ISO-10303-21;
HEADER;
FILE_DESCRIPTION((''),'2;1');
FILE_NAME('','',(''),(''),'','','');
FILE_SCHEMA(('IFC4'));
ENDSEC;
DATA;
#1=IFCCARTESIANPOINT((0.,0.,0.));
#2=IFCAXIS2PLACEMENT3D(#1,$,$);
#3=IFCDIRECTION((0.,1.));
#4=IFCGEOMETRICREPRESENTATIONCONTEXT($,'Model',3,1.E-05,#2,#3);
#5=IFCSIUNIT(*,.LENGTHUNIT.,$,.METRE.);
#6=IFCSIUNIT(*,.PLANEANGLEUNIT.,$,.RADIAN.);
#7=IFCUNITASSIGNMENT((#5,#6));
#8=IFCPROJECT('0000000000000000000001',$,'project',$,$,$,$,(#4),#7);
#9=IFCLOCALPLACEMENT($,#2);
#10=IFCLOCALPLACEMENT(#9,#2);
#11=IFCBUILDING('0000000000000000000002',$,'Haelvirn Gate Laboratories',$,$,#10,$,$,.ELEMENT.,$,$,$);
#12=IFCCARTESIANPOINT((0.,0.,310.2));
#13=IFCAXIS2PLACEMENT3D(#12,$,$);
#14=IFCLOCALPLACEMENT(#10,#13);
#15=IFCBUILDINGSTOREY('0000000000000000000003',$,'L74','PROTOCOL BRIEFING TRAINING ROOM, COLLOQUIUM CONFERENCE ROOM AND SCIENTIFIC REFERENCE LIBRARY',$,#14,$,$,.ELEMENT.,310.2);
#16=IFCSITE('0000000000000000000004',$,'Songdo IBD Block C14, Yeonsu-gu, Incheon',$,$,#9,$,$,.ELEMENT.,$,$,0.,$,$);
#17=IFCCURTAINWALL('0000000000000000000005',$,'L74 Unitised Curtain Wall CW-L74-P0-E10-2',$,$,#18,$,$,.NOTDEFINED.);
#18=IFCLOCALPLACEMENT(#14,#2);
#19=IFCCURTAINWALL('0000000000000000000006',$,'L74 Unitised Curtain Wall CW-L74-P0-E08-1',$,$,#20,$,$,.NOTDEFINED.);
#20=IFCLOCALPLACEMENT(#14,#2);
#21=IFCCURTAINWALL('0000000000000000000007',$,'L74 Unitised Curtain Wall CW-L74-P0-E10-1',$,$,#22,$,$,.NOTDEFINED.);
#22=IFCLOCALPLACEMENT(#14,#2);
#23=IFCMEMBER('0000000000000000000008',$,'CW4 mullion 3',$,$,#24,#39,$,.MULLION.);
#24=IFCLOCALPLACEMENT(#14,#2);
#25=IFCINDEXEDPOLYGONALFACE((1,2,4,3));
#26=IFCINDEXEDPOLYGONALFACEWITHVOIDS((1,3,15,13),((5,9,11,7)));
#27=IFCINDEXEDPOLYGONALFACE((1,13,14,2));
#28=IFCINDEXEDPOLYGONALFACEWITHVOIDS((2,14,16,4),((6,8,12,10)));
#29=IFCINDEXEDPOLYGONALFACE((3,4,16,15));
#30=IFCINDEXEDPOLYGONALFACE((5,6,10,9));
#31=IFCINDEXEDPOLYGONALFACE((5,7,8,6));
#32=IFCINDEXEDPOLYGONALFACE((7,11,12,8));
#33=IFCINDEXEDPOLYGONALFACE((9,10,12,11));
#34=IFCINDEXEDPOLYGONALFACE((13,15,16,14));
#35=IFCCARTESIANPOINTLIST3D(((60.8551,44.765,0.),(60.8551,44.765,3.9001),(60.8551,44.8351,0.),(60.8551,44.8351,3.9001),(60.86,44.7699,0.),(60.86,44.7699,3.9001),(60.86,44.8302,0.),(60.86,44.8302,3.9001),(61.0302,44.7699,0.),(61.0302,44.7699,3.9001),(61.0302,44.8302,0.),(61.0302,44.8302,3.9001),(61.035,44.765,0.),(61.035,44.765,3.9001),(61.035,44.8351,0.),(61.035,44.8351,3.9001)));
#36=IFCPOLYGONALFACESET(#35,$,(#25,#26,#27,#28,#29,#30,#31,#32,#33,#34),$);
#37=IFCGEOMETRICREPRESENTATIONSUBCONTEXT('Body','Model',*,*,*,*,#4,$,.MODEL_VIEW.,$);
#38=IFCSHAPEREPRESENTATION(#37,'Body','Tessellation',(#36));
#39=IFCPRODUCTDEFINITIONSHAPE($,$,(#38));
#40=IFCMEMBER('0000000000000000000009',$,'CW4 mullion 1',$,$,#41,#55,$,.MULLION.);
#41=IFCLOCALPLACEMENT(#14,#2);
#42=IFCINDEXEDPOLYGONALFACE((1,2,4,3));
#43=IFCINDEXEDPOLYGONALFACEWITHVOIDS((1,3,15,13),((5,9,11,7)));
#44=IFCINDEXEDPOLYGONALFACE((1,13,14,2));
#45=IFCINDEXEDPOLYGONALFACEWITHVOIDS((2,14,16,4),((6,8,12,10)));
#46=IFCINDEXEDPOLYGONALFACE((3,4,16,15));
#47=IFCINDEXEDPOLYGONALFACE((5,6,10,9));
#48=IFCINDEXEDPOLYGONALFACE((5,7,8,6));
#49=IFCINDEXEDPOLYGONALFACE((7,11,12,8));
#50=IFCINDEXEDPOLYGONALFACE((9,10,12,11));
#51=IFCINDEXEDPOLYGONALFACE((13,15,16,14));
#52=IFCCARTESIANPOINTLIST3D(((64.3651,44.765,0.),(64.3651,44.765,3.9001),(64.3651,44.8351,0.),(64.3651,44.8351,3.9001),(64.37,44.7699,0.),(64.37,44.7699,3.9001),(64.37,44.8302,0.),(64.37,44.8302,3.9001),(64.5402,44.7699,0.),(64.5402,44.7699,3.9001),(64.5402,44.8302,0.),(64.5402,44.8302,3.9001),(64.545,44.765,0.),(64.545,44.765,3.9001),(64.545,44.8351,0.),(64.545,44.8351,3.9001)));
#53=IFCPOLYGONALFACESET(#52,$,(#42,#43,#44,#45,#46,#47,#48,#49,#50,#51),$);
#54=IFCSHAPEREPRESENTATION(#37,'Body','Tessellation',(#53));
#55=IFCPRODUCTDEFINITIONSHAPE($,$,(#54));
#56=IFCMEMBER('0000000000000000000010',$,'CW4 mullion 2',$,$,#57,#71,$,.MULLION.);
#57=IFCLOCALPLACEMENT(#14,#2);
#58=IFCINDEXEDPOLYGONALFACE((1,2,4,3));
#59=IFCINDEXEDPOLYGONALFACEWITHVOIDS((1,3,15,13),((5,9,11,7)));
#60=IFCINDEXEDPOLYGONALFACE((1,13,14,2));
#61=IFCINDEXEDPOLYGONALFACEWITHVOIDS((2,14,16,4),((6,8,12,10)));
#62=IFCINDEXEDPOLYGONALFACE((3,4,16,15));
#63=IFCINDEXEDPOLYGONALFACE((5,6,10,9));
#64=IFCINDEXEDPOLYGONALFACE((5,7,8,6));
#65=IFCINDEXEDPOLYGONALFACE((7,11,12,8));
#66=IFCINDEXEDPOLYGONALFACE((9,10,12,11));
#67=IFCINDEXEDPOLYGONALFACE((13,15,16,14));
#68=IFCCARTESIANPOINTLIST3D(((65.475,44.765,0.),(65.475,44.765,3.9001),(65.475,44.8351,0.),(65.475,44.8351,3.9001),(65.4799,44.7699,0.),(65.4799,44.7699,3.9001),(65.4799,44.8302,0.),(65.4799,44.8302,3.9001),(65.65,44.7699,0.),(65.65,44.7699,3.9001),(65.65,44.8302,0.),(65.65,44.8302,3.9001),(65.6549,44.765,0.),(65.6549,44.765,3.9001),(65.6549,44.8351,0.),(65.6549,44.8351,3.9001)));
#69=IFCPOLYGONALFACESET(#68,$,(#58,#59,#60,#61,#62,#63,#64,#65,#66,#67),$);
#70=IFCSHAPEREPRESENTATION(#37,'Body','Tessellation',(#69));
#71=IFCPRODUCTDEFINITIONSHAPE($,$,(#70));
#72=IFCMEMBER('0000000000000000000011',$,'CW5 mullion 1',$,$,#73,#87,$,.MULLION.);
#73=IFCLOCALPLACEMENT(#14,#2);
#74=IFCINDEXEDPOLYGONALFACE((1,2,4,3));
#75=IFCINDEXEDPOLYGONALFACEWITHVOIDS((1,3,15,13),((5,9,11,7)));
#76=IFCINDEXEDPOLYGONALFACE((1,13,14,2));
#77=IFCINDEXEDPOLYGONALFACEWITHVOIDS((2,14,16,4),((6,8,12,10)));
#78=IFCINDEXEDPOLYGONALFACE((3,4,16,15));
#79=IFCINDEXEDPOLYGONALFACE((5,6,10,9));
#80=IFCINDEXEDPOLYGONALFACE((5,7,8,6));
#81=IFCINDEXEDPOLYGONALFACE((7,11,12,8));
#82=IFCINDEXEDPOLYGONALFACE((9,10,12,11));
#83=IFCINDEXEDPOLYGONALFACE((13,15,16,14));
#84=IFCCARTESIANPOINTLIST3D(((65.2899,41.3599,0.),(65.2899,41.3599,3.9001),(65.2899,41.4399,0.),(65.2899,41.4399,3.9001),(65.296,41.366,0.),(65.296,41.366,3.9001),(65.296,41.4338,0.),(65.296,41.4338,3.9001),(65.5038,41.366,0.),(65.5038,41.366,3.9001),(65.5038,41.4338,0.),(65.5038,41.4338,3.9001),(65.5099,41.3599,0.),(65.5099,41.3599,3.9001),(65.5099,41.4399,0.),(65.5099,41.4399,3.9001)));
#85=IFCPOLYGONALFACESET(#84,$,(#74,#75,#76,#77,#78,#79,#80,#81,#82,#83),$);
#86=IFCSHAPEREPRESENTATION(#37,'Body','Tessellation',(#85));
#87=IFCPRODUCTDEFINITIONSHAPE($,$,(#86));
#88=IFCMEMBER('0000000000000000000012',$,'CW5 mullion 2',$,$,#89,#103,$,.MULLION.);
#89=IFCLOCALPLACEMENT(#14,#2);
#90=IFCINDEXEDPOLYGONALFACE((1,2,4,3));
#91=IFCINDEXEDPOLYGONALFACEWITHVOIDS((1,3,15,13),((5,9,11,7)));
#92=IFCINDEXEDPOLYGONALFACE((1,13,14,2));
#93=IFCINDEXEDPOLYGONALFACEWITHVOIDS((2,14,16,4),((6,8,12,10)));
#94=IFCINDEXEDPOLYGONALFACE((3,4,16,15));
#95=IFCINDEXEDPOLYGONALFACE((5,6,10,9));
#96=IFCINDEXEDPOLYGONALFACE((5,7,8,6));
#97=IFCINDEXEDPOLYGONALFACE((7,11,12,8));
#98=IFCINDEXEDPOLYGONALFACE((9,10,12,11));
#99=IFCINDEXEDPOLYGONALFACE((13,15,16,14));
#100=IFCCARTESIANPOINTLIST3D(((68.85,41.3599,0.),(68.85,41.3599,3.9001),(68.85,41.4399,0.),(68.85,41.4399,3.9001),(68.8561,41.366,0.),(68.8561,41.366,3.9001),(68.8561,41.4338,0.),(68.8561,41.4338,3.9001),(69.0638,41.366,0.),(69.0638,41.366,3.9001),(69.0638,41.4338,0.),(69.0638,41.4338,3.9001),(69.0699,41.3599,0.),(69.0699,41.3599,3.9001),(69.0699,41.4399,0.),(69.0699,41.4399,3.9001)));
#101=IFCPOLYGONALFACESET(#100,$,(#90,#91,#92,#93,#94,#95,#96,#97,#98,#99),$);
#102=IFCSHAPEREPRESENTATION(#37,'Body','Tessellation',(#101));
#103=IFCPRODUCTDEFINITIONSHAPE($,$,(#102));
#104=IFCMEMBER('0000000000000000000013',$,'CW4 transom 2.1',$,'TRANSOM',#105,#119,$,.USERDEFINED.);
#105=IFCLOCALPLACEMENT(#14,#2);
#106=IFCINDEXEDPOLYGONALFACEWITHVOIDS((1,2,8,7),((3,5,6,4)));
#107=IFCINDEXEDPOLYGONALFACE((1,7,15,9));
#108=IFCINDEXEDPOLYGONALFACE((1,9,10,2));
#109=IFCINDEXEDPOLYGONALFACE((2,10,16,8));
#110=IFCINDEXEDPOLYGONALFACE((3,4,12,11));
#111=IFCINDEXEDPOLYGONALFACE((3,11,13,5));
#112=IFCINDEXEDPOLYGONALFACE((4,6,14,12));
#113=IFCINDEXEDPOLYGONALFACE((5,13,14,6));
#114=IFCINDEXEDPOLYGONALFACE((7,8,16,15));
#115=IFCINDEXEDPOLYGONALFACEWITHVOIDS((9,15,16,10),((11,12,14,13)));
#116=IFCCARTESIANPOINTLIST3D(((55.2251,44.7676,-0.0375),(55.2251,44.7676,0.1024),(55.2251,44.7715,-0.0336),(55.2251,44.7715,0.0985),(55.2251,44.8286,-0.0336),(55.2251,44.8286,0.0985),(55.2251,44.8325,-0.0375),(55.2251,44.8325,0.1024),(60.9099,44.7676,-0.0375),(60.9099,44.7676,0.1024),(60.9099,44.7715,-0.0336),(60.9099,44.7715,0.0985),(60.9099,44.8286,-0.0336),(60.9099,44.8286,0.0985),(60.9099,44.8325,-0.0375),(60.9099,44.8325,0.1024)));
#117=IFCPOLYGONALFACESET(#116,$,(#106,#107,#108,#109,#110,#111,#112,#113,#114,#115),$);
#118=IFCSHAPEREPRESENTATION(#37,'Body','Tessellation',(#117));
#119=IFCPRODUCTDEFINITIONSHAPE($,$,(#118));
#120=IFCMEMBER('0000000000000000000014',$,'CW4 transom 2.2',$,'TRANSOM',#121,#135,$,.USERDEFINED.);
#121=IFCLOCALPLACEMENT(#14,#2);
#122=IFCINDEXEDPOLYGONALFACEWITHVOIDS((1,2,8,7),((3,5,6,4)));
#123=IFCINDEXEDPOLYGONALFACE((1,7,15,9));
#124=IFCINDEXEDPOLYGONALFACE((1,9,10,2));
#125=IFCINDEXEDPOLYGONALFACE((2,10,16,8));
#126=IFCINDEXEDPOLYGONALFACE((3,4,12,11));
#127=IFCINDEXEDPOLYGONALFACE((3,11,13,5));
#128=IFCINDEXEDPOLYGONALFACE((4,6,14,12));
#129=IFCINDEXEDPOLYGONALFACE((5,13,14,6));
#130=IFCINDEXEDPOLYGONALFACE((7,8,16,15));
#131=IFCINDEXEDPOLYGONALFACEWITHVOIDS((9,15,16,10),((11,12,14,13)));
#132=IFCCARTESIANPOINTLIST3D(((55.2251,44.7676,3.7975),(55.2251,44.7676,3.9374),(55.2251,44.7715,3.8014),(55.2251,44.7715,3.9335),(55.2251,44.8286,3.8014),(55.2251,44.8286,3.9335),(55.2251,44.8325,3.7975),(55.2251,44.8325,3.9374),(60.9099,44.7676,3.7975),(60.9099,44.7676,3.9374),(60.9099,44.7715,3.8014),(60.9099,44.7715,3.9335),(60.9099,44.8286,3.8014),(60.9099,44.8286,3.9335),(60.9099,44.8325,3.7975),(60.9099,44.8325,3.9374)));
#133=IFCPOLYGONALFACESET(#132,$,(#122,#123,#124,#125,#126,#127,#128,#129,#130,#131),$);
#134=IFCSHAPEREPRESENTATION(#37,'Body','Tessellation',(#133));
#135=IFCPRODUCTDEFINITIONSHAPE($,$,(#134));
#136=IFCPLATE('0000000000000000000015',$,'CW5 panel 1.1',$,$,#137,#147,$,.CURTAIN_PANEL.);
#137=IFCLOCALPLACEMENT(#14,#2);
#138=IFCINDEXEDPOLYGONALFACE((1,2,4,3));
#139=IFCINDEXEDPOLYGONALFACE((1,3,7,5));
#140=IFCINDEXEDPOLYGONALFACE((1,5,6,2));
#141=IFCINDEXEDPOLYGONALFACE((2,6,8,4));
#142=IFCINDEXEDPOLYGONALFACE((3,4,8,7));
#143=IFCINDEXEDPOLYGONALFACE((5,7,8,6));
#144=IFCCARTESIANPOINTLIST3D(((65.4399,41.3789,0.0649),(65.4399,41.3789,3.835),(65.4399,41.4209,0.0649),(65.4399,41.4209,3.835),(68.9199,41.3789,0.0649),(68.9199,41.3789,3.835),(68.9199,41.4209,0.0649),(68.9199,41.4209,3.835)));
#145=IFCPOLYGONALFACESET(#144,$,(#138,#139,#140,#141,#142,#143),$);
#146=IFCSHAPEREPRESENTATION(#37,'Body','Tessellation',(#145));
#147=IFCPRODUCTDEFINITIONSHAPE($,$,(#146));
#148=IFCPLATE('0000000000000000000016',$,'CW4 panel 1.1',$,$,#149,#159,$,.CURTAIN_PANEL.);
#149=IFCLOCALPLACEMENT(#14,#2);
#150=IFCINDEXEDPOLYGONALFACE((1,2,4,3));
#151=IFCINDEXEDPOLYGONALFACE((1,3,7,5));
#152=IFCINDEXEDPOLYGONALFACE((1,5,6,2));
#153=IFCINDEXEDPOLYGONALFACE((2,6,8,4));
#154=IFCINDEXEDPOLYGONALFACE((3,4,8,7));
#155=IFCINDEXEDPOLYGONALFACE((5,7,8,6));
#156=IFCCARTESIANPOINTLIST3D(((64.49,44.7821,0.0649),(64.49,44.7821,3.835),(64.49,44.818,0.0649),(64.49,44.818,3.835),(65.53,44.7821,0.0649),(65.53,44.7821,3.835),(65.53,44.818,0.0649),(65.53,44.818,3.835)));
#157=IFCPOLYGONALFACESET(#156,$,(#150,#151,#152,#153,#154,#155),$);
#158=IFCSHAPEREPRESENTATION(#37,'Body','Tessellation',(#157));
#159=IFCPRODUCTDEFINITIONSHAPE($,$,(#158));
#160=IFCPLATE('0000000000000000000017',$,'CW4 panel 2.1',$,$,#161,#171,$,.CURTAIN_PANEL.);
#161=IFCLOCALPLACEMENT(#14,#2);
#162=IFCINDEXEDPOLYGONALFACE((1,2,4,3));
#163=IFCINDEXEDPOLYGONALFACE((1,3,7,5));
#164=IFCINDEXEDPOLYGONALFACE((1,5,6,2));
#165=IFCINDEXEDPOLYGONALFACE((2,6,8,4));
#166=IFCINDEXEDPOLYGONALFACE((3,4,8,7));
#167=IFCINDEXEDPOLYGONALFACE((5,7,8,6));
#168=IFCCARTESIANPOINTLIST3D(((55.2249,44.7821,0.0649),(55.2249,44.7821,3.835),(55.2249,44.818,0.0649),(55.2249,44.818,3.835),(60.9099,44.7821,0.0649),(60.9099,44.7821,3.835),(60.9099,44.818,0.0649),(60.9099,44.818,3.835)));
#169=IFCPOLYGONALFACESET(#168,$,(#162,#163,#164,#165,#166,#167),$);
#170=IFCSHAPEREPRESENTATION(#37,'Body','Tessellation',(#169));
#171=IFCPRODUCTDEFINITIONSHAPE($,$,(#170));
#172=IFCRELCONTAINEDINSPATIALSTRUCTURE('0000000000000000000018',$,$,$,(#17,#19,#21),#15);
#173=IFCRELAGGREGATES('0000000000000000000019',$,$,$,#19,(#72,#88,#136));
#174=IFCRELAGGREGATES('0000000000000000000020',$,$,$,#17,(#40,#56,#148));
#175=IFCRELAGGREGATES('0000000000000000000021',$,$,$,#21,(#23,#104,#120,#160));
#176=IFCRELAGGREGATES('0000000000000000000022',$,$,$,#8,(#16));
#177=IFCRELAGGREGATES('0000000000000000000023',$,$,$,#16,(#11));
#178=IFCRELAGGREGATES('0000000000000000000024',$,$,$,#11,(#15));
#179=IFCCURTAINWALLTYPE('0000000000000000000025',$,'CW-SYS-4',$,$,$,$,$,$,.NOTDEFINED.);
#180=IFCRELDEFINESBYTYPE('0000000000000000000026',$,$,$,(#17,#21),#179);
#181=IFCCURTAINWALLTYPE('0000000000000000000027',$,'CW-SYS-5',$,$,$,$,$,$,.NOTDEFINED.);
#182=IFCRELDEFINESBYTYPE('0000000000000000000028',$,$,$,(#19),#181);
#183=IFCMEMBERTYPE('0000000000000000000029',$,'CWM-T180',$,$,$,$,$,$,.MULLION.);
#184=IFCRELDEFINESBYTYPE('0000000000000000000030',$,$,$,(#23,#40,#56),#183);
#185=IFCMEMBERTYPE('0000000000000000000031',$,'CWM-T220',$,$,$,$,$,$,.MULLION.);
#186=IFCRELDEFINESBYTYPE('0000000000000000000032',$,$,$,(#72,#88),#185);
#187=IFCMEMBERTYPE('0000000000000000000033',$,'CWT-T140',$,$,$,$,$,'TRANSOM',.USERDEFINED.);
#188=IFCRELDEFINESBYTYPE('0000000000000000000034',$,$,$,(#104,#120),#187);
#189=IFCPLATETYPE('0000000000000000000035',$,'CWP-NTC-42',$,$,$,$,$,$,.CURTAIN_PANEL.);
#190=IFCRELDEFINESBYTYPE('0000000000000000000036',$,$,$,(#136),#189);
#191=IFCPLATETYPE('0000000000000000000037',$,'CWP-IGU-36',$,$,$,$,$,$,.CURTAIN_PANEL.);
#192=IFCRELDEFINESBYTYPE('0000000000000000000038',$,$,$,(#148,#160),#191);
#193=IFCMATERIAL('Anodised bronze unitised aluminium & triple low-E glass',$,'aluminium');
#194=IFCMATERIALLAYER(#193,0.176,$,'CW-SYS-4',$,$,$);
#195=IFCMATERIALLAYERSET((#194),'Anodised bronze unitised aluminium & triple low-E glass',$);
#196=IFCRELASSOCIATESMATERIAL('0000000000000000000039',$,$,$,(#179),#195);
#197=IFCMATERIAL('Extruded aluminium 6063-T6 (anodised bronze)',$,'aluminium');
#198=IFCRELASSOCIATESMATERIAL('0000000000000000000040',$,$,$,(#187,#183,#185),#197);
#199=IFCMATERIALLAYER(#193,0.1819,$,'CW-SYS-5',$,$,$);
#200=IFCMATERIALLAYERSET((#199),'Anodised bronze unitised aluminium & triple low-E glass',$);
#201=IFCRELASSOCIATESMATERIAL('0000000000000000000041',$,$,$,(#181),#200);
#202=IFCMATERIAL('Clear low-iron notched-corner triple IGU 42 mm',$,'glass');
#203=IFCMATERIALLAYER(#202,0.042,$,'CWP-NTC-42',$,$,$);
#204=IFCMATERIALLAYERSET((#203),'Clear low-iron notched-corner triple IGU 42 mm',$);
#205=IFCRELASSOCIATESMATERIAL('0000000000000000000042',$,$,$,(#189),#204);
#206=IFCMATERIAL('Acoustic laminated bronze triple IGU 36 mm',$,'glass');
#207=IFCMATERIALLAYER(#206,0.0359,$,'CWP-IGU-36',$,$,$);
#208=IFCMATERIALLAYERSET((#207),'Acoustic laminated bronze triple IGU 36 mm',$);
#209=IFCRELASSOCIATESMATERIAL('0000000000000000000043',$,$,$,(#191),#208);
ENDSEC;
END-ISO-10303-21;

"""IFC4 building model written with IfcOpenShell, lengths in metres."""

from ifc_helpers import new_model, si_unit, direction, frame, origin, origin_2d, place, context, subcontext, project, spatial, rectangle, hollow_rectangle, extrude, source, transform, mapped, material, layer, layer_set, material_profile, profile_set, type_object, type_shapes, element, aggregate, save


model = new_model("IFC4")

# Units and contexts
model_context = context("Model", 3, precision=1e-05, world=origin(), true_north=direction((0.0, 1.0)))
body_context = subcontext(model_context, "Body", "Model", "MODEL_VIEW")
ifc_project = project(units=[si_unit("LENGTHUNIT", "METRE"), si_unit("PLANEANGLEUNIT", "RADIAN")], contexts=[model_context])

# Site, building, storey
site_placement = place(None, origin())
site = spatial("IfcSite", under=ifc_project, at=site_placement, Name="Songdo IBD Block C14, Yeonsu-gu, Incheon", CompositionType="ELEMENT", RefElevation=0.0)
building_placement = place(site_placement, origin())
building = spatial("IfcBuilding", under=site, at=building_placement, Name="Haelvirn Gate Laboratories", CompositionType="ELEMENT")
storey_placement = place(building_placement, frame((0.0, 0.0, 310.2)))
storey = spatial("IfcBuildingStorey", under=building, at=storey_placement, Name="L74", Description="PROTOCOL BRIEFING TRAINING ROOM, COLLOQUIUM CONFERENCE ROOM AND SCIENTIFIC REFERENCE LIBRARY", CompositionType="ELEMENT", Elevation=310.2)

# Curtain walls
ifc_material_1 = material(Name="Anodised bronze unitised aluminium & triple low-E glass", Category="aluminium")
ifc_layer_1 = layer(ifc_material_1, 0.176, Name="CW-SYS-4")
ifc_layer_set_1 = layer_set([ifc_layer_1], Name="Anodised bronze unitised aluminium & triple low-E glass")
curtain_wall_type_1 = type_object("IfcCurtainWallType", Name="CW-SYS-4", PredefinedType="NOTDEFINED", material=ifc_layer_set_1)
curtain_wall_1_placement = place(storey_placement, origin())
curtain_wall_1 = element("IfcCurtainWall", 1, at=curtain_wall_1_placement, inside=storey, type_object=curtain_wall_type_1, Name="L74 Unitised Curtain Wall CW-L74-P0-E10-2", PredefinedType="NOTDEFINED")
ifc_material_2 = material(Name="Extruded aluminium 6063-T6 (anodised bronze)", Category="aluminium")
ifc_material_profile_1 = material_profile(ifc_material_2, hollow_rectangle(XDim=0.0649, YDim=0.1399, WallThickness=0.0039, at=origin_2d()), Name="CWT-140x65x4")
ifc_profile_set_1 = profile_set([ifc_material_profile_1], Name="Extruded aluminium 6063-T6 (anodised bronze)")
member_type_1 = type_object("IfcMemberType", Name="CWT-T140", ElementType="TRANSOM", PredefinedType="USERDEFINED", material=ifc_profile_set_1)
ifc_layer_2 = layer(ifc_material_1, 0.1819, Name="CW-SYS-5")
ifc_layer_set_2 = layer_set([ifc_layer_2], Name="Anodised bronze unitised aluminium & triple low-E glass")
curtain_wall_type_2 = type_object("IfcCurtainWallType", Name="CW-SYS-5", PredefinedType="NOTDEFINED", material=ifc_layer_set_2)
curtain_wall_2_placement = place(storey_placement, origin())
curtain_wall_2 = element("IfcCurtainWall", 2, at=curtain_wall_2_placement, inside=storey, type_object=curtain_wall_type_2, Name="L74 Unitised Curtain Wall CW-L74-P0-E08-1", PredefinedType="NOTDEFINED")

# Shared definitions
ifc_material_profile_2 = material_profile(ifc_material_2, hollow_rectangle(XDim=0.0701, YDim=0.1799, WallThickness=0.0049, at=origin_2d()), Name="CWM-180x70x5")
ifc_profile_set_2 = profile_set([ifc_material_profile_2], Name="Extruded aluminium 6063-T6 (anodised bronze)")
member_type_2 = type_object("IfcMemberType", Name="CWM-T180", PredefinedType="MULLION", material=ifc_profile_set_2)
shared_shape_1 = source(origin(), body_context, "Body", "SweptSolid", [
    extrude(hollow_rectangle(XDim=0.0701, YDim=0.1799, WallThickness=0.0049, at=origin_2d()), origin(), (0.0, 0.0, 1.0), 3.9001),
])
type_shapes(member_type_2, [shared_shape_1])

# Curtain wall, member
curtain_wall_3_placement = place(storey_placement, origin())
curtain_wall_3 = element("IfcCurtainWall", 3, at=curtain_wall_3_placement, inside=storey, type_object=curtain_wall_type_1, Name="L74 Unitised Curtain Wall CW-L74-P0-E10-1", PredefinedType="NOTDEFINED")
member_1_placement = place(storey_placement, frame((60.9451, 44.8, 0.0), z_axis=(0.0, 0.0, 1.0), x_axis=(0.0, 1.0, 0.0)))
member_1 = element("IfcMember", 4, at=member_1_placement, type_object=member_type_2, Name="CW4 mullion 3", PredefinedType="MULLION", context=body_context, shape_type="MappedRepresentation", body=[
    mapped(shared_shape_1, transform((0.0, 0.0, 0.0), scale=1.0)),
])

# Members
member_2_placement = place(storey_placement, frame((64.4551, 44.8, 0.0), z_axis=(0.0, 0.0, 1.0), x_axis=(0.0, 1.0, 0.0)))
member_2 = element("IfcMember", 5, at=member_2_placement, type_object=member_type_2, Name="CW4 mullion 1", PredefinedType="MULLION", context=body_context, shape_type="MappedRepresentation", body=[
    mapped(shared_shape_1, transform((0.0, 0.0, 0.0), scale=1.0)),
])
member_3_placement = place(storey_placement, frame((65.5649, 44.8, 0.0), z_axis=(0.0, 0.0, 1.0), x_axis=(0.0, 1.0, 0.0)))
member_3 = element("IfcMember", 6, at=member_3_placement, type_object=member_type_2, Name="CW4 mullion 2", PredefinedType="MULLION", context=body_context, shape_type="MappedRepresentation", body=[
    mapped(shared_shape_1, transform((0.0, 0.0, 0.0), scale=1.0)),
])
ifc_material_profile_3 = material_profile(ifc_material_2, hollow_rectangle(XDim=0.0801, YDim=0.22, WallThickness=0.0061, at=origin_2d()), Name="CWM-220x80x6")
ifc_profile_set_3 = profile_set([ifc_material_profile_3], Name="Extruded aluminium 6063-T6 (anodised bronze)")
member_type_3 = type_object("IfcMemberType", Name="CWM-T220", PredefinedType="MULLION", material=ifc_profile_set_3)
shared_shape_2 = source(origin(), body_context, "Body", "SweptSolid", [
    extrude(hollow_rectangle(XDim=0.0801, YDim=0.22, WallThickness=0.0061, at=origin_2d()), origin(), (0.0, 0.0, 1.0), 3.9001),
])
type_shapes(member_type_3, [shared_shape_2])
member_4_placement = place(storey_placement, frame((65.3999, 41.3999, 0.0), z_axis=(0.0, 0.0, 1.0), x_axis=(0.0, 1.0, 0.0)))
member_4 = element("IfcMember", 7, at=member_4_placement, type_object=member_type_3, Name="CW5 mullion 1", PredefinedType="MULLION", context=body_context, shape_type="MappedRepresentation", body=[
    mapped(shared_shape_2, transform((0.0, 0.0, 0.0), scale=1.0)),
])
member_5_placement = place(storey_placement, frame((68.96, 41.3999, 0.0), z_axis=(0.0, 0.0, 1.0), x_axis=(0.0, 1.0, 0.0)))
member_5 = element("IfcMember", 8, at=member_5_placement, type_object=member_type_3, Name="CW5 mullion 2", PredefinedType="MULLION", context=body_context, shape_type="MappedRepresentation", body=[
    mapped(shared_shape_2, transform((0.0, 0.0, 0.0), scale=1.0)),
])
shared_shape_3 = source(origin(), body_context, "Body", "SweptSolid", [
    extrude(hollow_rectangle(XDim=0.0649, YDim=0.1399, WallThickness=0.0039, at=origin_2d()), origin(), (0.0, 0.0, 1.0), 5.6848),
])
member_6_placement = place(storey_placement, frame((55.2251, 44.8, 0.0325), z_axis=(1.0, 0.0, 0.0), x_axis=(0.0, 1.0, 0.0)))
member_6 = element("IfcMember", 9, at=member_6_placement, type_object=member_type_1, Name="CW4 transom 2.1", ObjectType="TRANSOM", PredefinedType="USERDEFINED", context=body_context, shape_type="MappedRepresentation", body=[
    mapped(shared_shape_3, transform((0.0, 0.0, 0.0), scale=1.0)),
])
member_7_placement = place(storey_placement, frame((55.2251, 44.8, 3.8674), z_axis=(1.0, 0.0, 0.0), x_axis=(0.0, 1.0, 0.0)))
member_7 = element("IfcMember", 10, at=member_7_placement, type_object=member_type_1, Name="CW4 transom 2.2", ObjectType="TRANSOM", PredefinedType="USERDEFINED", context=body_context, shape_type="MappedRepresentation", body=[
    mapped(shared_shape_3, transform((0.0, 0.0, 0.0), scale=1.0)),
])

# Plates
ifc_material_3 = material(Name="Clear low-iron notched-corner triple IGU 42 mm", Category="glass")
ifc_layer_3 = layer(ifc_material_3, 0.042, Name="CWP-NTC-42")
ifc_layer_set_3 = layer_set([ifc_layer_3], Name="Clear low-iron notched-corner triple IGU 42 mm")
plate_type_1 = type_object("IfcPlateType", Name="CWP-NTC-42", PredefinedType="CURTAIN_PANEL", material=ifc_layer_set_3)
shared_shape_4 = source(origin(), body_context, "Body", "SweptSolid", [
    extrude(rectangle(XDim=3.48, YDim=0.042, at=origin_2d()), origin(), (0.0, 0.0, 1.0), 3.77),
])
type_shapes(plate_type_1, [shared_shape_4])
plate_1_placement = place(storey_placement, frame((67.1799, 41.3999, 0.0649), z_axis=(0.0, 0.0, 1.0), x_axis=(1.0, 0.0, 0.0)))
plate_1 = element("IfcPlate", 11, at=plate_1_placement, type_object=plate_type_1, Name="CW5 panel 1.1", PredefinedType="CURTAIN_PANEL", context=body_context, shape_type="MappedRepresentation", body=[
    mapped(shared_shape_4, transform((0.0, 0.0, 0.0), scale=1.0)),
])
aggregate(curtain_wall_2, [member_4, member_5, plate_1])
ifc_material_4 = material(Name="Acoustic laminated bronze triple IGU 36 mm", Category="glass")
ifc_layer_4 = layer(ifc_material_4, 0.0359, Name="CWP-IGU-36")
ifc_layer_set_4 = layer_set([ifc_layer_4], Name="Acoustic laminated bronze triple IGU 36 mm")
plate_type_2 = type_object("IfcPlateType", Name="CWP-IGU-36", PredefinedType="CURTAIN_PANEL", material=ifc_layer_set_4)
shared_shape_5 = source(origin(), body_context, "Body", "SweptSolid", [
    extrude(rectangle(XDim=1.04, YDim=0.0359, at=origin_2d()), origin(), (0.0, 0.0, 1.0), 3.77),
])
plate_2_placement = place(storey_placement, frame((65.01, 44.8, 0.0649), z_axis=(0.0, 0.0, 1.0), x_axis=(1.0, 0.0, 0.0)))
plate_2 = element("IfcPlate", 12, at=plate_2_placement, type_object=plate_type_2, Name="CW4 panel 1.1", PredefinedType="CURTAIN_PANEL", context=body_context, shape_type="MappedRepresentation", body=[
    mapped(shared_shape_5, transform((0.0, 0.0, 0.0), scale=1.0)),
])
aggregate(curtain_wall_1, [member_2, member_3, plate_2])
shared_shape_6 = source(origin(), body_context, "Body", "SweptSolid", [
    extrude(rectangle(XDim=5.6851, YDim=0.0359, at=origin_2d()), origin(), (0.0, 0.0, 1.0), 3.77),
])
type_shapes(plate_type_2, [shared_shape_5, shared_shape_6])
plate_3_placement = place(storey_placement, frame((58.0674, 44.8, 0.0649), z_axis=(0.0, 0.0, 1.0), x_axis=(1.0, 0.0, 0.0)))
plate_3 = element("IfcPlate", 13, at=plate_3_placement, type_object=plate_type_2, Name="CW4 panel 2.1", PredefinedType="CURTAIN_PANEL", context=body_context, shape_type="MappedRepresentation", body=[
    mapped(shared_shape_6, transform((0.0, 0.0, 0.0), scale=1.0)),
])
aggregate(curtain_wall_3, [member_1, member_6, member_7, plate_3])

save(model, "model.ifc")
